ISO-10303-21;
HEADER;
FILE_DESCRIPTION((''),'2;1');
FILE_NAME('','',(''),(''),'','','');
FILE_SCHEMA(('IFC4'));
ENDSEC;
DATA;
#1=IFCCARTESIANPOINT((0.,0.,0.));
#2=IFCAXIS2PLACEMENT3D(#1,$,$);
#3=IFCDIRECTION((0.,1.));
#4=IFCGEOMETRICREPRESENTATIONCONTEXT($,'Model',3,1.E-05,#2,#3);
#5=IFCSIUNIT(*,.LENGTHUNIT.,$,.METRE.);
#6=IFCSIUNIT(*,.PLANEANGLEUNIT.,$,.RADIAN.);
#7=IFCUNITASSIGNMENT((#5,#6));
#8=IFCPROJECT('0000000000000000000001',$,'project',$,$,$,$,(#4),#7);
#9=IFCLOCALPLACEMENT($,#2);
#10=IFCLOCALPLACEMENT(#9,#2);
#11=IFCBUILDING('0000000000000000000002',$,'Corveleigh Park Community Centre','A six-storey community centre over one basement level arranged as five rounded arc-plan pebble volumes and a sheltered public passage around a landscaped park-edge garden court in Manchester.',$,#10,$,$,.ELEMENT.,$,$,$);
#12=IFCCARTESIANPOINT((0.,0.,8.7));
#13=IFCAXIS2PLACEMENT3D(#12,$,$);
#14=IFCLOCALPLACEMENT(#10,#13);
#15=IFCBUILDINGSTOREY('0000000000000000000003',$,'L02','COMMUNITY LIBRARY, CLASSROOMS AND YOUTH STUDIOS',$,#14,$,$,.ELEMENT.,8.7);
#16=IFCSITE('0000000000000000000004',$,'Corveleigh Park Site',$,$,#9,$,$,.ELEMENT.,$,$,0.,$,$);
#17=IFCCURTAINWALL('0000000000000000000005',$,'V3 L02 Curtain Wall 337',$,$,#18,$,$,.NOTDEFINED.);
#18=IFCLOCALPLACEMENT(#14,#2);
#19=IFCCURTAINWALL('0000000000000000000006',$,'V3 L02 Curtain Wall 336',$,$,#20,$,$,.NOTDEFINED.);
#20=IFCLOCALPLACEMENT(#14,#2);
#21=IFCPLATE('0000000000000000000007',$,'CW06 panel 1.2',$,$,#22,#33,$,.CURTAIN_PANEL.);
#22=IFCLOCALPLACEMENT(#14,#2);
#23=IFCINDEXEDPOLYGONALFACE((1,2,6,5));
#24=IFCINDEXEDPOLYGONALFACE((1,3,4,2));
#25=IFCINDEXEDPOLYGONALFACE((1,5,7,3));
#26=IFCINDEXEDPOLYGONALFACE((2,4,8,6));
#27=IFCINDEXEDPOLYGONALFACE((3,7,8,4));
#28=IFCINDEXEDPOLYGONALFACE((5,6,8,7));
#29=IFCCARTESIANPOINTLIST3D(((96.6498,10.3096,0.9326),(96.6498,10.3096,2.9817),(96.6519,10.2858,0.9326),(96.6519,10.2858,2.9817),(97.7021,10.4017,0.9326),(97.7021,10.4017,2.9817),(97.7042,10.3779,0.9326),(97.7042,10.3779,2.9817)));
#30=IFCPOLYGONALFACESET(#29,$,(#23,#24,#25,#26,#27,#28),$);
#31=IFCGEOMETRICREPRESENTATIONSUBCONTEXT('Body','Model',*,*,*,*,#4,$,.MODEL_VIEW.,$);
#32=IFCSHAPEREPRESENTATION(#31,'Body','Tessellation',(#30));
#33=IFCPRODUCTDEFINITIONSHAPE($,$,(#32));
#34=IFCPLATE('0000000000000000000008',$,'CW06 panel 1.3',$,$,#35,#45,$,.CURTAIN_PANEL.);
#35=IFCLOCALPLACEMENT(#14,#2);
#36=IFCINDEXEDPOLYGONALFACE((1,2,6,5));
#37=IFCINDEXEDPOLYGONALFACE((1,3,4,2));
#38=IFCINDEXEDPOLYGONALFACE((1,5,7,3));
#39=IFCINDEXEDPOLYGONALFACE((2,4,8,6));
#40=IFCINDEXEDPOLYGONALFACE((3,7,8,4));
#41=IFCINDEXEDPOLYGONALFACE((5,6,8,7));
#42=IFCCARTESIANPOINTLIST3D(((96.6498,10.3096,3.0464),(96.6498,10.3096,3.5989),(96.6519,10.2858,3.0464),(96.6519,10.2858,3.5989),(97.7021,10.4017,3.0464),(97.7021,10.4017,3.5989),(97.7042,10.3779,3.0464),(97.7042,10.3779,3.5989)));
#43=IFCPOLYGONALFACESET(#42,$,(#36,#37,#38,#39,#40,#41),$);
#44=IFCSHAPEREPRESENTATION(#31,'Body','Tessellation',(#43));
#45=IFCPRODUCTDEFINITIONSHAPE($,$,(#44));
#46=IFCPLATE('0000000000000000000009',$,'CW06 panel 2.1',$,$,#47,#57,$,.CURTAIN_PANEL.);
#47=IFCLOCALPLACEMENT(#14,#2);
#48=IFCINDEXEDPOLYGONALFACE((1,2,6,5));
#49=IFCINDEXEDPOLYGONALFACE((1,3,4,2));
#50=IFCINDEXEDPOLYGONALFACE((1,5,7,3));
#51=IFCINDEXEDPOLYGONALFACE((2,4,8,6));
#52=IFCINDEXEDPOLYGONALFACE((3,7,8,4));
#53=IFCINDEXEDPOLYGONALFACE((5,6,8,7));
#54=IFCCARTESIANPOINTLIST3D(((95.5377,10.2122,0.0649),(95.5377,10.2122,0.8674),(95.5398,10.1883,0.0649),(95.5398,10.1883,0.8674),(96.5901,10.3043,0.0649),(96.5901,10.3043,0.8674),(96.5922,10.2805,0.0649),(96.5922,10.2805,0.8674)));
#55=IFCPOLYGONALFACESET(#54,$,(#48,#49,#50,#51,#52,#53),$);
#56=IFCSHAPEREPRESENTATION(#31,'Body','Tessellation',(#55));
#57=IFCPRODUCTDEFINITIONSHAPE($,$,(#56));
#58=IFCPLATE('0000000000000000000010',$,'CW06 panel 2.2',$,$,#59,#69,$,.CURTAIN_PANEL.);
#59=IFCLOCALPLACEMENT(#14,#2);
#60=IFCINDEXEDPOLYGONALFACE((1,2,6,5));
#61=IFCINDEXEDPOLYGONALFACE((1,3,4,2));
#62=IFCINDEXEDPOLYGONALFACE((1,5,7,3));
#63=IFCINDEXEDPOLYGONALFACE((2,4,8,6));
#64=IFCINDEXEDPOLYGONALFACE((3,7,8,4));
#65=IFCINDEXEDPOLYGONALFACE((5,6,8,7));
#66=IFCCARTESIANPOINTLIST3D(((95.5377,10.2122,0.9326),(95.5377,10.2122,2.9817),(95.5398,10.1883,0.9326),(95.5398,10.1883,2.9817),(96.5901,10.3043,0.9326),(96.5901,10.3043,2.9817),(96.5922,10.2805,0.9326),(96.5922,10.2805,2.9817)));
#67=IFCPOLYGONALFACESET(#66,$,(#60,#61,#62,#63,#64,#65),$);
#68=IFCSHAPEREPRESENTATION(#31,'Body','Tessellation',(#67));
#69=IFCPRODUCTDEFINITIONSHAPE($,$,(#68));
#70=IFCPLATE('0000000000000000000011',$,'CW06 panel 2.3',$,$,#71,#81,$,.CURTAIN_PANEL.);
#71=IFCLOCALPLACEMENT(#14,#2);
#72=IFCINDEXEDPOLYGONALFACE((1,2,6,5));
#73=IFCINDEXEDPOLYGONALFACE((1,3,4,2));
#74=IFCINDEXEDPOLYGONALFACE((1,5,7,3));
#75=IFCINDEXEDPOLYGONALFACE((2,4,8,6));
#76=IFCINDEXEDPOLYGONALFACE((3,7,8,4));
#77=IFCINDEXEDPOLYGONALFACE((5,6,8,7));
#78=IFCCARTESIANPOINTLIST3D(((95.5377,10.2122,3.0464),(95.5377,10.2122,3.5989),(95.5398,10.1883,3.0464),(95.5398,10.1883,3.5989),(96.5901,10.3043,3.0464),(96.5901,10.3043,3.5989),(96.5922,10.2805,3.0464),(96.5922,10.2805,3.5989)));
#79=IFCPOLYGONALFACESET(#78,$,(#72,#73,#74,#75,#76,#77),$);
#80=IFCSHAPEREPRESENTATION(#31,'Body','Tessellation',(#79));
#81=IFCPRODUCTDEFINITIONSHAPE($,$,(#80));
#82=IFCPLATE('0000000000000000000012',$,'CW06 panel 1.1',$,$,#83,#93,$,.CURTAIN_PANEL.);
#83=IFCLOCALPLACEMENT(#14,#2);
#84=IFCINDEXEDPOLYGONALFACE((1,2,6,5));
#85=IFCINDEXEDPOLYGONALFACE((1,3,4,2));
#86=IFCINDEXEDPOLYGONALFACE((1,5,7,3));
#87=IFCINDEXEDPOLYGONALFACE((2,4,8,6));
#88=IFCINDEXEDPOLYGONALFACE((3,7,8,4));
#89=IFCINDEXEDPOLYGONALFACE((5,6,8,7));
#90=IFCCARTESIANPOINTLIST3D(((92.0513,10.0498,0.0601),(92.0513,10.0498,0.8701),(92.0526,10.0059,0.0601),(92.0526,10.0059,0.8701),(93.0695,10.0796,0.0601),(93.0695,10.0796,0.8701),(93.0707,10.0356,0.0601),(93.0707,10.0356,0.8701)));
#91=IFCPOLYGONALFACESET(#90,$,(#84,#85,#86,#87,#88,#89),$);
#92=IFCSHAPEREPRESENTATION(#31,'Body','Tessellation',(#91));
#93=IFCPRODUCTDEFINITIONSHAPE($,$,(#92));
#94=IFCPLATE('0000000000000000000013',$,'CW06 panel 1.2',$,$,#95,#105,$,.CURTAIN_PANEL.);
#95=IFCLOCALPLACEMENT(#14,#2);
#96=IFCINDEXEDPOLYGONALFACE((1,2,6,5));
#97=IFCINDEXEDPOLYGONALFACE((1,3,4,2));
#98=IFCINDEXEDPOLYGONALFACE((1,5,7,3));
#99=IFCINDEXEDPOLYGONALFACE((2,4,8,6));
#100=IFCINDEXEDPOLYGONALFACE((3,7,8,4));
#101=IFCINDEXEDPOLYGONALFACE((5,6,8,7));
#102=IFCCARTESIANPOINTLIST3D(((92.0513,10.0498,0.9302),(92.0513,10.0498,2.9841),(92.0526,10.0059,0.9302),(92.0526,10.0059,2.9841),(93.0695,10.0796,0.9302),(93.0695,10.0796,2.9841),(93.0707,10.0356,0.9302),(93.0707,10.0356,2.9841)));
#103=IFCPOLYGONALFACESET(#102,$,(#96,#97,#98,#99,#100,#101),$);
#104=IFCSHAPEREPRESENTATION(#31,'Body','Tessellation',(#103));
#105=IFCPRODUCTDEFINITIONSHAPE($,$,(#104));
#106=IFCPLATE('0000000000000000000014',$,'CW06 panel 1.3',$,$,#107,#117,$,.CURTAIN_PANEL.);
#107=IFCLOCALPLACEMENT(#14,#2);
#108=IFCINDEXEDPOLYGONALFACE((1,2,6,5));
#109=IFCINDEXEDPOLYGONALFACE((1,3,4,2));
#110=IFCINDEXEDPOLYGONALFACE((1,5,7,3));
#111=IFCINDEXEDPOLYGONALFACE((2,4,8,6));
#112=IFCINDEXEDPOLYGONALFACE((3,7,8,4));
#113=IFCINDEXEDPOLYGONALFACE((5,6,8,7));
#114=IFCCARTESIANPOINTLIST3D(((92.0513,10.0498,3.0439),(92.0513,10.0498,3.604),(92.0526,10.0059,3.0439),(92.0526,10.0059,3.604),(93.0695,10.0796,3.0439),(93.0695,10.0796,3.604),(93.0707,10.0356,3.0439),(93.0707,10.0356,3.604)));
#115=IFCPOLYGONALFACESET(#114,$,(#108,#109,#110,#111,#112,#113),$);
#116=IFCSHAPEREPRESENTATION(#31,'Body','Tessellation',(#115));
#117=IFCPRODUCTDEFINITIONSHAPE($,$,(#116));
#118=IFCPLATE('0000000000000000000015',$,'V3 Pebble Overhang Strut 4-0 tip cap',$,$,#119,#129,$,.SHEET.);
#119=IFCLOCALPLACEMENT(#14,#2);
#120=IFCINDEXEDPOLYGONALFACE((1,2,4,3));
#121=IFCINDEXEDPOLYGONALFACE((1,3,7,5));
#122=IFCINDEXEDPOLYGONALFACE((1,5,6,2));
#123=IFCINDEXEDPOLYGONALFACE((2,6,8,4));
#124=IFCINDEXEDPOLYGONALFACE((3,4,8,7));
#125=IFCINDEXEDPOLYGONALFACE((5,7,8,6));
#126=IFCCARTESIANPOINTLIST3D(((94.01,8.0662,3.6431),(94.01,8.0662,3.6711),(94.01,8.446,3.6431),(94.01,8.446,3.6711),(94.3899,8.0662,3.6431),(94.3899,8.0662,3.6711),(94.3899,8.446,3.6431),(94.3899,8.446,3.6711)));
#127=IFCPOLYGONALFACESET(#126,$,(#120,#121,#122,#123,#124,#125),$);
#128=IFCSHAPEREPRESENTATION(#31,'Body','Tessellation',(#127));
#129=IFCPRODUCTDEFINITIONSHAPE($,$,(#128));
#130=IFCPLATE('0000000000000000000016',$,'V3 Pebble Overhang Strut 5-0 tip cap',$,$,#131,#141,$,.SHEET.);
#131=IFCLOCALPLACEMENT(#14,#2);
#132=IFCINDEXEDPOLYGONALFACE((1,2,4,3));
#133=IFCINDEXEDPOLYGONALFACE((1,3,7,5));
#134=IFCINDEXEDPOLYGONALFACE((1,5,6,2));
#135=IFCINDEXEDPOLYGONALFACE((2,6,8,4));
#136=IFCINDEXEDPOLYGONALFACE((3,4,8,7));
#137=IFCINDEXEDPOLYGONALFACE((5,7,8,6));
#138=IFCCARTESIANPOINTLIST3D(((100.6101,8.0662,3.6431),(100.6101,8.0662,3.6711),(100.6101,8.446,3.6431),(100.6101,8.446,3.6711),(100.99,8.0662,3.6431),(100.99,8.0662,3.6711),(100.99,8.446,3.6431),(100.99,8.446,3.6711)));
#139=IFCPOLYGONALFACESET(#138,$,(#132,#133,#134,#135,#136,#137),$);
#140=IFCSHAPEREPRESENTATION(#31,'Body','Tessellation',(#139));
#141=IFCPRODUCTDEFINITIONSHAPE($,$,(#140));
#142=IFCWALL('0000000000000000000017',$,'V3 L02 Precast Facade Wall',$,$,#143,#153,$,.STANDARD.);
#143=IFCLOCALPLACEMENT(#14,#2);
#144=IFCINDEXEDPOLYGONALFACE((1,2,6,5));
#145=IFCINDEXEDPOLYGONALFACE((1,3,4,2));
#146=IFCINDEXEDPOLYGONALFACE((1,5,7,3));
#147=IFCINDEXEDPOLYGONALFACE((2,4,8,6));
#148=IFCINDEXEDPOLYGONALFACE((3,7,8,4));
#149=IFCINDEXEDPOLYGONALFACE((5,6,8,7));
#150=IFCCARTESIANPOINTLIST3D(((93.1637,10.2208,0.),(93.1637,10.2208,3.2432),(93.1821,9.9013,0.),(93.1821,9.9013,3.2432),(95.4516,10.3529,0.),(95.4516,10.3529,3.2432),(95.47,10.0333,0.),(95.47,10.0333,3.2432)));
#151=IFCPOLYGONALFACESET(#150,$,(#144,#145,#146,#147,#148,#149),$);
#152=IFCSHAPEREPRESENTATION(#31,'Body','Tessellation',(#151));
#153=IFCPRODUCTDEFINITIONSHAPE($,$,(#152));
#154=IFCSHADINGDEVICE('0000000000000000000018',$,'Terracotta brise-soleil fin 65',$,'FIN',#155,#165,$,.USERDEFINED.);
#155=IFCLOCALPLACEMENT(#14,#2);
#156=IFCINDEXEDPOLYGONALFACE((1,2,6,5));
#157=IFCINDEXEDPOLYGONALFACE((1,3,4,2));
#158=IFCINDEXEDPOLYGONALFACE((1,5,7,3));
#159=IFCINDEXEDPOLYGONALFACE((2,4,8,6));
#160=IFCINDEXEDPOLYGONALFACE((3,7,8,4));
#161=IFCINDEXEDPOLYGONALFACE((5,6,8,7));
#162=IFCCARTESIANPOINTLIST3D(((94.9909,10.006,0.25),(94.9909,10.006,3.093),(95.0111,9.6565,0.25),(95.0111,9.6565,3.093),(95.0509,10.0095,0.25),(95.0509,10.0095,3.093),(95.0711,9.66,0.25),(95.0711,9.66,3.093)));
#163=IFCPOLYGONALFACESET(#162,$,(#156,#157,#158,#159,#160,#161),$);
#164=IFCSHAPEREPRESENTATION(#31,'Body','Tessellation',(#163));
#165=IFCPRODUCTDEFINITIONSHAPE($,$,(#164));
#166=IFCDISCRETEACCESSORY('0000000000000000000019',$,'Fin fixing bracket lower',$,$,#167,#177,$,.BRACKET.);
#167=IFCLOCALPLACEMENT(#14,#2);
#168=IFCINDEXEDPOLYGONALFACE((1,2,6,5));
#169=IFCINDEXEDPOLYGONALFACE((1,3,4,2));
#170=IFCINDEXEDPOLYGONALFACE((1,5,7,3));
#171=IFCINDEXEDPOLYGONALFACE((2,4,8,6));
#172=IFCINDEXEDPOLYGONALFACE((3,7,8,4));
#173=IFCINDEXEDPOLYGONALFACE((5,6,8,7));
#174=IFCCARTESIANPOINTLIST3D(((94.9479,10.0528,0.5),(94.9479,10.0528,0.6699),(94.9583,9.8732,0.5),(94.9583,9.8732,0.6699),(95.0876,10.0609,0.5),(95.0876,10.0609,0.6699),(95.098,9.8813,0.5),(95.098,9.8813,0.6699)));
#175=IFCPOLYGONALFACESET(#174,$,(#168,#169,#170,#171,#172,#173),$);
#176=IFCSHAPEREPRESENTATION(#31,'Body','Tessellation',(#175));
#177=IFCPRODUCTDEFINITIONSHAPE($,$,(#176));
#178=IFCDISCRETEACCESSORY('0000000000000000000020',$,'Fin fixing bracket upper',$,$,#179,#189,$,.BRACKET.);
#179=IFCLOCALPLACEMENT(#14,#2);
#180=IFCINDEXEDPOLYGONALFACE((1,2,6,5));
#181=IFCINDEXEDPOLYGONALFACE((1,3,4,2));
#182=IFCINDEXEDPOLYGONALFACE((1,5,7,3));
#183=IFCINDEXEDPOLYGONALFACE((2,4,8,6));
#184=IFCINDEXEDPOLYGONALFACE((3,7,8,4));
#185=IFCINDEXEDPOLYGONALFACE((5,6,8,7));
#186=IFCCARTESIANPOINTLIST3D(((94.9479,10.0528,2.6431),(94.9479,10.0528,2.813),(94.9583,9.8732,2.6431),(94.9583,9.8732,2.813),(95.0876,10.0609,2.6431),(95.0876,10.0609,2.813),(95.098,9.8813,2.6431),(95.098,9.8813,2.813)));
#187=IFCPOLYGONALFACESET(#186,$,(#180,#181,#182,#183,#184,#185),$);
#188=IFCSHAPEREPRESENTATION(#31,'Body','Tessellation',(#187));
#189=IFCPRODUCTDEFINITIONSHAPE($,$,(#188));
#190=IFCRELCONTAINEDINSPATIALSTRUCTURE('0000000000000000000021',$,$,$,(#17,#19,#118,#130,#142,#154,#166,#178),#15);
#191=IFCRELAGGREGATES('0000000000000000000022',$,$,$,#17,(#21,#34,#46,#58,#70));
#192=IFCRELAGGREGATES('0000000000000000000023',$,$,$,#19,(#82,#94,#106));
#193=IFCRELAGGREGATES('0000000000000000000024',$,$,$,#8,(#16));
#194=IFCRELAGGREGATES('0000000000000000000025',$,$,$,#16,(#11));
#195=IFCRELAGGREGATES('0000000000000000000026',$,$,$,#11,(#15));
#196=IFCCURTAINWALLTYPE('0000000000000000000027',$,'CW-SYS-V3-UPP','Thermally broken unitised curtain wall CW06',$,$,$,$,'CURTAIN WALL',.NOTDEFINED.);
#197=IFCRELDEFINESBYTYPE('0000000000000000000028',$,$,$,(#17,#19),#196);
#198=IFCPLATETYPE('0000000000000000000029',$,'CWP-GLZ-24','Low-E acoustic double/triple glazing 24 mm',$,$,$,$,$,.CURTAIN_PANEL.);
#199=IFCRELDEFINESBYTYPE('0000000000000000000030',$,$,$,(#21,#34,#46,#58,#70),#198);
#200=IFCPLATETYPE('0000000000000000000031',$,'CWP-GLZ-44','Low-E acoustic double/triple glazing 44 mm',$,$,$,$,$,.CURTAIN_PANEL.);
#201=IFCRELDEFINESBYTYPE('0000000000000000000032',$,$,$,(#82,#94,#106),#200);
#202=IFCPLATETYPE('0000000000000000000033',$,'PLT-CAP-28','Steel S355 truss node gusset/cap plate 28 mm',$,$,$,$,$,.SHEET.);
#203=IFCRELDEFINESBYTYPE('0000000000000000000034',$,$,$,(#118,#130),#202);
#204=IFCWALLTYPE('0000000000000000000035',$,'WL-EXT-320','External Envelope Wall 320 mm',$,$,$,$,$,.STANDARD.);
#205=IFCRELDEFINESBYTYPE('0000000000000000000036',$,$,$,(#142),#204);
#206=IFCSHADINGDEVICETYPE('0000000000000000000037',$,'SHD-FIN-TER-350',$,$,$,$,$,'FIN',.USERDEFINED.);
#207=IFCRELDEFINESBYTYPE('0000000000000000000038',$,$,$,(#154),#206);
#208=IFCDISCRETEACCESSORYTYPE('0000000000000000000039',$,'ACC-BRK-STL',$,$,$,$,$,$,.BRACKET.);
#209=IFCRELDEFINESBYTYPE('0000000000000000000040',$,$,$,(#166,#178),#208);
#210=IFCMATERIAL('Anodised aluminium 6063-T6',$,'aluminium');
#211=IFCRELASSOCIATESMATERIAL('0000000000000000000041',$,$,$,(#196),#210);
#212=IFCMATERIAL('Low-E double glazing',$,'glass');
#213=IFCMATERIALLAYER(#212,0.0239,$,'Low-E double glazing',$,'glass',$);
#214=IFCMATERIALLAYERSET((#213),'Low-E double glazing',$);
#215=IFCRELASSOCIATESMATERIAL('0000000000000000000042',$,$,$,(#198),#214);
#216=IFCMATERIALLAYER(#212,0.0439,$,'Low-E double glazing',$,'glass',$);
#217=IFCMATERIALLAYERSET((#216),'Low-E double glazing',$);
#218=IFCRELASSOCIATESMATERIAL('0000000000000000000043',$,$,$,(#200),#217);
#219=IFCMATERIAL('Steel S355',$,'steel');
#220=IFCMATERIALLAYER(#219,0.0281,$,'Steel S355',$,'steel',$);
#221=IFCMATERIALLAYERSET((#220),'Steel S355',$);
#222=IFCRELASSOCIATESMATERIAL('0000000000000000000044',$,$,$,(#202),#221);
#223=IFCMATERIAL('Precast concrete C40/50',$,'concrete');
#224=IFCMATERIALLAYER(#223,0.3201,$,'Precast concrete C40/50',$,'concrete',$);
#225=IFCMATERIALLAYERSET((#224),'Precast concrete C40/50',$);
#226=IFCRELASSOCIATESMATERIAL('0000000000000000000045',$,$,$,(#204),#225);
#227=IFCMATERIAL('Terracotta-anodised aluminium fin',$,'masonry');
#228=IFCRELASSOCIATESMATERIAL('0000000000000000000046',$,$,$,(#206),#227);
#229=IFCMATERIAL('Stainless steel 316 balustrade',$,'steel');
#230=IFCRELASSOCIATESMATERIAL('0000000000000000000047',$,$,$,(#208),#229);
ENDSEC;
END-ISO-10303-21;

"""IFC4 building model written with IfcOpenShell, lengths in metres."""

from ifc_helpers import new_model, si_unit, direction, frame, frame_2d, origin, origin_2d, place, context, subcontext, project, spatial, rectangle, extrude, material, layer, layer_set, type_object, element, aggregate, save


model = new_model("IFC4")

# Units and contexts
model_context = context("Model", 3, precision=1e-05, world=origin(), true_north=direction((0.0, 1.0)))
body_context = subcontext(model_context, "Body", "Model", "MODEL_VIEW")
ifc_project = project(units=[si_unit("LENGTHUNIT", "METRE"), si_unit("PLANEANGLEUNIT", "RADIAN")], contexts=[model_context])

# Site, building, storey
site_placement = place(None, origin())
site = spatial("IfcSite", under=ifc_project, at=site_placement, Name="Corveleigh Park Site", CompositionType="ELEMENT", RefElevation=0.0)
building_placement = place(site_placement, origin())
building = spatial("IfcBuilding", under=site, at=building_placement, Name="Corveleigh Park Community Centre", Description="A six-storey community centre over one basement level arranged as five rounded arc-plan pebble volumes and a sheltered public passage around a landscaped park-edge garden court in Manchester.", CompositionType="ELEMENT")
storey_placement = place(building_placement, frame((0.0, 0.0, 8.7)))
storey = spatial("IfcBuildingStorey", under=building, at=storey_placement, Name="L02", Description="COMMUNITY LIBRARY, CLASSROOMS AND YOUTH STUDIOS", CompositionType="ELEMENT", Elevation=8.7)

# Curtain walls
ifc_material_1 = material(Name="Anodised aluminium 6063-T6", Category="aluminium")
curtain_wall_type = type_object("IfcCurtainWallType", Name="CW-SYS-V3-UPP", Description="Thermally broken unitised curtain wall CW06", ElementType="CURTAIN WALL", PredefinedType="NOTDEFINED", material=ifc_material_1)
curtain_wall_1_placement = place(storey_placement, origin())
curtain_wall_1 = element("IfcCurtainWall", 1, at=curtain_wall_1_placement, inside=storey, type_object=curtain_wall_type, Name="V3 L02 Curtain Wall 337", PredefinedType="NOTDEFINED")
curtain_wall_2_placement = place(storey_placement, origin())
curtain_wall_2 = element("IfcCurtainWall", 2, at=curtain_wall_2_placement, inside=storey, type_object=curtain_wall_type, Name="V3 L02 Curtain Wall 336", PredefinedType="NOTDEFINED")

# Plates
ifc_material_2 = material(Name="Low-E double glazing", Category="glass")
ifc_layer_1 = layer(ifc_material_2, 0.0239, Name="Low-E double glazing", Category="glass")
ifc_layer_set_1 = layer_set([ifc_layer_1], Name="Low-E double glazing")
plate_type_1 = type_object("IfcPlateType", Name="CWP-GLZ-24", Description="Low-E acoustic double/triple glazing 24 mm", PredefinedType="CURTAIN_PANEL", material=ifc_layer_set_1)
plate_1_placement = place(storey_placement, frame((97.177, 10.3438, 0.9326), z_axis=(0.0, 0.0, 1.0), x_axis=(-0.996188, -0.087232, 0.0)))
plate_1 = element("IfcPlate", 3, at=plate_1_placement, type_object=plate_type_1, Name="CW06 panel 1.2", PredefinedType="CURTAIN_PANEL", context=body_context, shape_type="SweptSolid", body=[
    extrude(rectangle(XDim=1.0564, YDim=0.0239, at=origin_2d()), origin(), (0.0, 0.0, 1.0), 2.0491),
])
plate_2_placement = place(storey_placement, frame((97.177, 10.3438, 3.0464), z_axis=(0.0, 0.0, 1.0), x_axis=(-0.996188, -0.087232, 0.0)))
plate_2 = element("IfcPlate", 4, at=plate_2_placement, type_object=plate_type_1, Name="CW06 panel 1.3", PredefinedType="CURTAIN_PANEL", context=body_context, shape_type="SweptSolid", body=[
    extrude(rectangle(XDim=1.0564, YDim=0.0239, at=origin_2d()), origin(), (0.0, 0.0, 1.0), 0.5525),
])
plate_3_placement = place(storey_placement, frame((96.0649, 10.2463, 0.0649), z_axis=(0.0, 0.0, 1.0), x_axis=(-0.996188, -0.087232, 0.0)))
plate_3 = element("IfcPlate", 5, at=plate_3_placement, type_object=plate_type_1, Name="CW06 panel 2.1", PredefinedType="CURTAIN_PANEL", context=body_context, shape_type="SweptSolid", body=[
    extrude(rectangle(XDim=1.0564, YDim=0.0239, at=origin_2d()), origin(), (0.0, 0.0, 1.0), 0.8025),
])
plate_4_placement = place(storey_placement, frame((96.0649, 10.2463, 0.9326), z_axis=(0.0, 0.0, 1.0), x_axis=(-0.996188, -0.087232, 0.0)))
plate_4 = element("IfcPlate", 6, at=plate_4_placement, type_object=plate_type_1, Name="CW06 panel 2.2", PredefinedType="CURTAIN_PANEL", context=body_context, shape_type="SweptSolid", body=[
    extrude(rectangle(XDim=1.0564, YDim=0.0239, at=origin_2d()), origin(), (0.0, 0.0, 1.0), 2.0491),
])
plate_5_placement = place(storey_placement, frame((96.0649, 10.2463, 3.0464), z_axis=(0.0, 0.0, 1.0), x_axis=(-0.996188, -0.087232, 0.0)))
plate_5 = element("IfcPlate", 7, at=plate_5_placement, type_object=plate_type_1, Name="CW06 panel 2.3", PredefinedType="CURTAIN_PANEL", context=body_context, shape_type="SweptSolid", body=[
    extrude(rectangle(XDim=1.0564, YDim=0.0239, at=origin_2d()), origin(), (0.0, 0.0, 1.0), 0.5525),
])
aggregate(curtain_wall_1, [plate_1, plate_2, plate_3, plate_4, plate_5])
ifc_layer_2 = layer(ifc_material_2, 0.0439, Name="Low-E double glazing", Category="glass")
ifc_layer_set_2 = layer_set([ifc_layer_2], Name="Low-E double glazing")
plate_type_2 = type_object("IfcPlateType", Name="CWP-GLZ-44", Description="Low-E acoustic double/triple glazing 44 mm", PredefinedType="CURTAIN_PANEL", material=ifc_layer_set_2)
plate_6_placement = place(storey_placement, frame((92.561, 10.0427, 0.0601), z_axis=(0.0, 0.0, 1.0), x_axis=(-0.999573, -0.029232, 0.0)))
plate_6 = element("IfcPlate", 8, at=plate_6_placement, type_object=plate_type_2, Name="CW06 panel 1.1", PredefinedType="CURTAIN_PANEL", context=body_context, shape_type="SweptSolid", body=[
    extrude(rectangle(XDim=1.0186, YDim=0.0439, at=origin_2d()), origin(), (0.0, 0.0, 1.0), 0.8101),
])
plate_7_placement = place(storey_placement, frame((92.561, 10.0427, 0.9302), z_axis=(0.0, 0.0, 1.0), x_axis=(-0.999573, -0.029232, 0.0)))
plate_7 = element("IfcPlate", 9, at=plate_7_placement, type_object=plate_type_2, Name="CW06 panel 1.2", PredefinedType="CURTAIN_PANEL", context=body_context, shape_type="SweptSolid", body=[
    extrude(rectangle(XDim=1.0186, YDim=0.0439, at=origin_2d()), origin(), (0.0, 0.0, 1.0), 2.054),
])
plate_8_placement = place(storey_placement, frame((92.561, 10.0427, 3.0439), z_axis=(0.0, 0.0, 1.0), x_axis=(-0.999573, -0.029232, 0.0)))
plate_8 = element("IfcPlate", 10, at=plate_8_placement, type_object=plate_type_2, Name="CW06 panel 1.3", PredefinedType="CURTAIN_PANEL", context=body_context, shape_type="SweptSolid", body=[
    extrude(rectangle(XDim=1.0186, YDim=0.0439, at=origin_2d()), origin(), (0.0, 0.0, 1.0), 0.5601),
])
aggregate(curtain_wall_2, [plate_6, plate_7, plate_8])

# Plates
ifc_material_3 = material(Name="Steel S355", Category="steel")
ifc_layer_3 = layer(ifc_material_3, 0.0281, Name="Steel S355", Category="steel")
ifc_layer_set_3 = layer_set([ifc_layer_3], Name="Steel S355")
plate_type_3 = type_object("IfcPlateType", Name="PLT-CAP-28", Description="Steel S355 truss node gusset/cap plate 28 mm", PredefinedType="SHEET", material=ifc_layer_set_3)
for number, where, z_axis, x_axis, name in (
    (11, (94.2, 8.2561, 3.6431), (0.0, 0.0, 1.0), (1.0, 0.0, 0.0), "V3 Pebble Overhang Strut 4-0 tip cap"),
    (12, (100.8, 8.2561, 3.6431), (0.0, 0.0, 1.0), (1.0, 0.0, 0.0), "V3 Pebble Overhang Strut 5-0 tip cap"),
):
    element("IfcPlate", number, at=place(storey_placement, frame(where, z_axis=z_axis, x_axis=x_axis)), inside=storey, type_object=plate_type_3, Name=name, PredefinedType="SHEET", context=body_context, shape_type="SweptSolid", body=[
        extrude(rectangle(XDim=0.3799, YDim=0.3799, at=origin_2d()), origin(), (0.0, 0.0, 1.0), 0.0281),
    ])

# Wall
ifc_material_4 = material(Name="Precast concrete C40/50", Category="concrete")
ifc_layer_4 = layer(ifc_material_4, 0.3201, Name="Precast concrete C40/50", Category="concrete")
ifc_layer_set_4 = layer_set([ifc_layer_4], Name="Precast concrete C40/50")
wall_type = type_object("IfcWallType", Name="WL-EXT-320", Description="External Envelope Wall 320 mm", PredefinedType="STANDARD", material=ifc_layer_set_4)
wall_placement = place(storey_placement, frame((95.4609, 10.1931, 0.0), z_axis=(0.0, 0.0, 1.0), x_axis=(-0.998338, -0.057635, 0.0)))
element("IfcWall", 13, at=wall_placement, inside=storey, type_object=wall_type, Name="V3 L02 Precast Facade Wall", PredefinedType="STANDARD", context=body_context, shape_type="SweptSolid", body=[
    extrude(rectangle(XDim=2.2917, YDim=0.3201, at=frame_2d((1.146, 0.0))), origin(), (0.0, 0.0, 1.0), 3.2432),
])

# Shading device
ifc_material_5 = material(Name="Terracotta-anodised aluminium fin", Category="masonry")
shading_device_type = type_object("IfcShadingDeviceType", Name="SHD-FIN-TER-350", ElementType="FIN", PredefinedType="USERDEFINED", material=ifc_material_5)
shading_device_placement = place(storey_placement, frame((95.031, 9.833, 0.25), z_axis=(0.0, 0.0, 1.0), x_axis=(0.057597, -0.99834, 0.0)))
element("IfcShadingDevice", 14, at=shading_device_placement, inside=storey, type_object=shading_device_type, Name="Terracotta brise-soleil fin 65", ObjectType="FIN", PredefinedType="USERDEFINED", context=body_context, shape_type="SweptSolid", body=[
    extrude(rectangle(XDim=0.3501, YDim=0.0601, at=origin_2d()), origin(), (0.0, 0.0, 1.0), 2.843),
])

# Discrete accessories
ifc_material_6 = material(Name="Stainless steel 316 balustrade", Category="steel")
discrete_accessory_type = type_object("IfcDiscreteAccessoryType", Name="ACC-BRK-STL", PredefinedType="BRACKET", material=ifc_material_6)
for number, where, z_axis, x_axis, name in (
    (15, (95.0229, 9.967, 0.5), (0.0, 0.0, 1.0), (0.057597, -0.99834, 0.0), "Fin fixing bracket lower"),
    (16, (95.0229, 9.967, 2.6431), (0.0, 0.0, 1.0), (0.057597, -0.99834, 0.0), "Fin fixing bracket upper"),
):
    element("IfcDiscreteAccessory", number, at=place(storey_placement, frame(where, z_axis=z_axis, x_axis=x_axis)), inside=storey, type_object=discrete_accessory_type, Name=name, PredefinedType="BRACKET", context=body_context, shape_type="SweptSolid", body=[
        extrude(rectangle(XDim=0.1799, YDim=0.1399, at=origin_2d()), origin(), (0.0, 0.0, 1.0), 0.1699),
    ])

save(model, "model.ifc")
